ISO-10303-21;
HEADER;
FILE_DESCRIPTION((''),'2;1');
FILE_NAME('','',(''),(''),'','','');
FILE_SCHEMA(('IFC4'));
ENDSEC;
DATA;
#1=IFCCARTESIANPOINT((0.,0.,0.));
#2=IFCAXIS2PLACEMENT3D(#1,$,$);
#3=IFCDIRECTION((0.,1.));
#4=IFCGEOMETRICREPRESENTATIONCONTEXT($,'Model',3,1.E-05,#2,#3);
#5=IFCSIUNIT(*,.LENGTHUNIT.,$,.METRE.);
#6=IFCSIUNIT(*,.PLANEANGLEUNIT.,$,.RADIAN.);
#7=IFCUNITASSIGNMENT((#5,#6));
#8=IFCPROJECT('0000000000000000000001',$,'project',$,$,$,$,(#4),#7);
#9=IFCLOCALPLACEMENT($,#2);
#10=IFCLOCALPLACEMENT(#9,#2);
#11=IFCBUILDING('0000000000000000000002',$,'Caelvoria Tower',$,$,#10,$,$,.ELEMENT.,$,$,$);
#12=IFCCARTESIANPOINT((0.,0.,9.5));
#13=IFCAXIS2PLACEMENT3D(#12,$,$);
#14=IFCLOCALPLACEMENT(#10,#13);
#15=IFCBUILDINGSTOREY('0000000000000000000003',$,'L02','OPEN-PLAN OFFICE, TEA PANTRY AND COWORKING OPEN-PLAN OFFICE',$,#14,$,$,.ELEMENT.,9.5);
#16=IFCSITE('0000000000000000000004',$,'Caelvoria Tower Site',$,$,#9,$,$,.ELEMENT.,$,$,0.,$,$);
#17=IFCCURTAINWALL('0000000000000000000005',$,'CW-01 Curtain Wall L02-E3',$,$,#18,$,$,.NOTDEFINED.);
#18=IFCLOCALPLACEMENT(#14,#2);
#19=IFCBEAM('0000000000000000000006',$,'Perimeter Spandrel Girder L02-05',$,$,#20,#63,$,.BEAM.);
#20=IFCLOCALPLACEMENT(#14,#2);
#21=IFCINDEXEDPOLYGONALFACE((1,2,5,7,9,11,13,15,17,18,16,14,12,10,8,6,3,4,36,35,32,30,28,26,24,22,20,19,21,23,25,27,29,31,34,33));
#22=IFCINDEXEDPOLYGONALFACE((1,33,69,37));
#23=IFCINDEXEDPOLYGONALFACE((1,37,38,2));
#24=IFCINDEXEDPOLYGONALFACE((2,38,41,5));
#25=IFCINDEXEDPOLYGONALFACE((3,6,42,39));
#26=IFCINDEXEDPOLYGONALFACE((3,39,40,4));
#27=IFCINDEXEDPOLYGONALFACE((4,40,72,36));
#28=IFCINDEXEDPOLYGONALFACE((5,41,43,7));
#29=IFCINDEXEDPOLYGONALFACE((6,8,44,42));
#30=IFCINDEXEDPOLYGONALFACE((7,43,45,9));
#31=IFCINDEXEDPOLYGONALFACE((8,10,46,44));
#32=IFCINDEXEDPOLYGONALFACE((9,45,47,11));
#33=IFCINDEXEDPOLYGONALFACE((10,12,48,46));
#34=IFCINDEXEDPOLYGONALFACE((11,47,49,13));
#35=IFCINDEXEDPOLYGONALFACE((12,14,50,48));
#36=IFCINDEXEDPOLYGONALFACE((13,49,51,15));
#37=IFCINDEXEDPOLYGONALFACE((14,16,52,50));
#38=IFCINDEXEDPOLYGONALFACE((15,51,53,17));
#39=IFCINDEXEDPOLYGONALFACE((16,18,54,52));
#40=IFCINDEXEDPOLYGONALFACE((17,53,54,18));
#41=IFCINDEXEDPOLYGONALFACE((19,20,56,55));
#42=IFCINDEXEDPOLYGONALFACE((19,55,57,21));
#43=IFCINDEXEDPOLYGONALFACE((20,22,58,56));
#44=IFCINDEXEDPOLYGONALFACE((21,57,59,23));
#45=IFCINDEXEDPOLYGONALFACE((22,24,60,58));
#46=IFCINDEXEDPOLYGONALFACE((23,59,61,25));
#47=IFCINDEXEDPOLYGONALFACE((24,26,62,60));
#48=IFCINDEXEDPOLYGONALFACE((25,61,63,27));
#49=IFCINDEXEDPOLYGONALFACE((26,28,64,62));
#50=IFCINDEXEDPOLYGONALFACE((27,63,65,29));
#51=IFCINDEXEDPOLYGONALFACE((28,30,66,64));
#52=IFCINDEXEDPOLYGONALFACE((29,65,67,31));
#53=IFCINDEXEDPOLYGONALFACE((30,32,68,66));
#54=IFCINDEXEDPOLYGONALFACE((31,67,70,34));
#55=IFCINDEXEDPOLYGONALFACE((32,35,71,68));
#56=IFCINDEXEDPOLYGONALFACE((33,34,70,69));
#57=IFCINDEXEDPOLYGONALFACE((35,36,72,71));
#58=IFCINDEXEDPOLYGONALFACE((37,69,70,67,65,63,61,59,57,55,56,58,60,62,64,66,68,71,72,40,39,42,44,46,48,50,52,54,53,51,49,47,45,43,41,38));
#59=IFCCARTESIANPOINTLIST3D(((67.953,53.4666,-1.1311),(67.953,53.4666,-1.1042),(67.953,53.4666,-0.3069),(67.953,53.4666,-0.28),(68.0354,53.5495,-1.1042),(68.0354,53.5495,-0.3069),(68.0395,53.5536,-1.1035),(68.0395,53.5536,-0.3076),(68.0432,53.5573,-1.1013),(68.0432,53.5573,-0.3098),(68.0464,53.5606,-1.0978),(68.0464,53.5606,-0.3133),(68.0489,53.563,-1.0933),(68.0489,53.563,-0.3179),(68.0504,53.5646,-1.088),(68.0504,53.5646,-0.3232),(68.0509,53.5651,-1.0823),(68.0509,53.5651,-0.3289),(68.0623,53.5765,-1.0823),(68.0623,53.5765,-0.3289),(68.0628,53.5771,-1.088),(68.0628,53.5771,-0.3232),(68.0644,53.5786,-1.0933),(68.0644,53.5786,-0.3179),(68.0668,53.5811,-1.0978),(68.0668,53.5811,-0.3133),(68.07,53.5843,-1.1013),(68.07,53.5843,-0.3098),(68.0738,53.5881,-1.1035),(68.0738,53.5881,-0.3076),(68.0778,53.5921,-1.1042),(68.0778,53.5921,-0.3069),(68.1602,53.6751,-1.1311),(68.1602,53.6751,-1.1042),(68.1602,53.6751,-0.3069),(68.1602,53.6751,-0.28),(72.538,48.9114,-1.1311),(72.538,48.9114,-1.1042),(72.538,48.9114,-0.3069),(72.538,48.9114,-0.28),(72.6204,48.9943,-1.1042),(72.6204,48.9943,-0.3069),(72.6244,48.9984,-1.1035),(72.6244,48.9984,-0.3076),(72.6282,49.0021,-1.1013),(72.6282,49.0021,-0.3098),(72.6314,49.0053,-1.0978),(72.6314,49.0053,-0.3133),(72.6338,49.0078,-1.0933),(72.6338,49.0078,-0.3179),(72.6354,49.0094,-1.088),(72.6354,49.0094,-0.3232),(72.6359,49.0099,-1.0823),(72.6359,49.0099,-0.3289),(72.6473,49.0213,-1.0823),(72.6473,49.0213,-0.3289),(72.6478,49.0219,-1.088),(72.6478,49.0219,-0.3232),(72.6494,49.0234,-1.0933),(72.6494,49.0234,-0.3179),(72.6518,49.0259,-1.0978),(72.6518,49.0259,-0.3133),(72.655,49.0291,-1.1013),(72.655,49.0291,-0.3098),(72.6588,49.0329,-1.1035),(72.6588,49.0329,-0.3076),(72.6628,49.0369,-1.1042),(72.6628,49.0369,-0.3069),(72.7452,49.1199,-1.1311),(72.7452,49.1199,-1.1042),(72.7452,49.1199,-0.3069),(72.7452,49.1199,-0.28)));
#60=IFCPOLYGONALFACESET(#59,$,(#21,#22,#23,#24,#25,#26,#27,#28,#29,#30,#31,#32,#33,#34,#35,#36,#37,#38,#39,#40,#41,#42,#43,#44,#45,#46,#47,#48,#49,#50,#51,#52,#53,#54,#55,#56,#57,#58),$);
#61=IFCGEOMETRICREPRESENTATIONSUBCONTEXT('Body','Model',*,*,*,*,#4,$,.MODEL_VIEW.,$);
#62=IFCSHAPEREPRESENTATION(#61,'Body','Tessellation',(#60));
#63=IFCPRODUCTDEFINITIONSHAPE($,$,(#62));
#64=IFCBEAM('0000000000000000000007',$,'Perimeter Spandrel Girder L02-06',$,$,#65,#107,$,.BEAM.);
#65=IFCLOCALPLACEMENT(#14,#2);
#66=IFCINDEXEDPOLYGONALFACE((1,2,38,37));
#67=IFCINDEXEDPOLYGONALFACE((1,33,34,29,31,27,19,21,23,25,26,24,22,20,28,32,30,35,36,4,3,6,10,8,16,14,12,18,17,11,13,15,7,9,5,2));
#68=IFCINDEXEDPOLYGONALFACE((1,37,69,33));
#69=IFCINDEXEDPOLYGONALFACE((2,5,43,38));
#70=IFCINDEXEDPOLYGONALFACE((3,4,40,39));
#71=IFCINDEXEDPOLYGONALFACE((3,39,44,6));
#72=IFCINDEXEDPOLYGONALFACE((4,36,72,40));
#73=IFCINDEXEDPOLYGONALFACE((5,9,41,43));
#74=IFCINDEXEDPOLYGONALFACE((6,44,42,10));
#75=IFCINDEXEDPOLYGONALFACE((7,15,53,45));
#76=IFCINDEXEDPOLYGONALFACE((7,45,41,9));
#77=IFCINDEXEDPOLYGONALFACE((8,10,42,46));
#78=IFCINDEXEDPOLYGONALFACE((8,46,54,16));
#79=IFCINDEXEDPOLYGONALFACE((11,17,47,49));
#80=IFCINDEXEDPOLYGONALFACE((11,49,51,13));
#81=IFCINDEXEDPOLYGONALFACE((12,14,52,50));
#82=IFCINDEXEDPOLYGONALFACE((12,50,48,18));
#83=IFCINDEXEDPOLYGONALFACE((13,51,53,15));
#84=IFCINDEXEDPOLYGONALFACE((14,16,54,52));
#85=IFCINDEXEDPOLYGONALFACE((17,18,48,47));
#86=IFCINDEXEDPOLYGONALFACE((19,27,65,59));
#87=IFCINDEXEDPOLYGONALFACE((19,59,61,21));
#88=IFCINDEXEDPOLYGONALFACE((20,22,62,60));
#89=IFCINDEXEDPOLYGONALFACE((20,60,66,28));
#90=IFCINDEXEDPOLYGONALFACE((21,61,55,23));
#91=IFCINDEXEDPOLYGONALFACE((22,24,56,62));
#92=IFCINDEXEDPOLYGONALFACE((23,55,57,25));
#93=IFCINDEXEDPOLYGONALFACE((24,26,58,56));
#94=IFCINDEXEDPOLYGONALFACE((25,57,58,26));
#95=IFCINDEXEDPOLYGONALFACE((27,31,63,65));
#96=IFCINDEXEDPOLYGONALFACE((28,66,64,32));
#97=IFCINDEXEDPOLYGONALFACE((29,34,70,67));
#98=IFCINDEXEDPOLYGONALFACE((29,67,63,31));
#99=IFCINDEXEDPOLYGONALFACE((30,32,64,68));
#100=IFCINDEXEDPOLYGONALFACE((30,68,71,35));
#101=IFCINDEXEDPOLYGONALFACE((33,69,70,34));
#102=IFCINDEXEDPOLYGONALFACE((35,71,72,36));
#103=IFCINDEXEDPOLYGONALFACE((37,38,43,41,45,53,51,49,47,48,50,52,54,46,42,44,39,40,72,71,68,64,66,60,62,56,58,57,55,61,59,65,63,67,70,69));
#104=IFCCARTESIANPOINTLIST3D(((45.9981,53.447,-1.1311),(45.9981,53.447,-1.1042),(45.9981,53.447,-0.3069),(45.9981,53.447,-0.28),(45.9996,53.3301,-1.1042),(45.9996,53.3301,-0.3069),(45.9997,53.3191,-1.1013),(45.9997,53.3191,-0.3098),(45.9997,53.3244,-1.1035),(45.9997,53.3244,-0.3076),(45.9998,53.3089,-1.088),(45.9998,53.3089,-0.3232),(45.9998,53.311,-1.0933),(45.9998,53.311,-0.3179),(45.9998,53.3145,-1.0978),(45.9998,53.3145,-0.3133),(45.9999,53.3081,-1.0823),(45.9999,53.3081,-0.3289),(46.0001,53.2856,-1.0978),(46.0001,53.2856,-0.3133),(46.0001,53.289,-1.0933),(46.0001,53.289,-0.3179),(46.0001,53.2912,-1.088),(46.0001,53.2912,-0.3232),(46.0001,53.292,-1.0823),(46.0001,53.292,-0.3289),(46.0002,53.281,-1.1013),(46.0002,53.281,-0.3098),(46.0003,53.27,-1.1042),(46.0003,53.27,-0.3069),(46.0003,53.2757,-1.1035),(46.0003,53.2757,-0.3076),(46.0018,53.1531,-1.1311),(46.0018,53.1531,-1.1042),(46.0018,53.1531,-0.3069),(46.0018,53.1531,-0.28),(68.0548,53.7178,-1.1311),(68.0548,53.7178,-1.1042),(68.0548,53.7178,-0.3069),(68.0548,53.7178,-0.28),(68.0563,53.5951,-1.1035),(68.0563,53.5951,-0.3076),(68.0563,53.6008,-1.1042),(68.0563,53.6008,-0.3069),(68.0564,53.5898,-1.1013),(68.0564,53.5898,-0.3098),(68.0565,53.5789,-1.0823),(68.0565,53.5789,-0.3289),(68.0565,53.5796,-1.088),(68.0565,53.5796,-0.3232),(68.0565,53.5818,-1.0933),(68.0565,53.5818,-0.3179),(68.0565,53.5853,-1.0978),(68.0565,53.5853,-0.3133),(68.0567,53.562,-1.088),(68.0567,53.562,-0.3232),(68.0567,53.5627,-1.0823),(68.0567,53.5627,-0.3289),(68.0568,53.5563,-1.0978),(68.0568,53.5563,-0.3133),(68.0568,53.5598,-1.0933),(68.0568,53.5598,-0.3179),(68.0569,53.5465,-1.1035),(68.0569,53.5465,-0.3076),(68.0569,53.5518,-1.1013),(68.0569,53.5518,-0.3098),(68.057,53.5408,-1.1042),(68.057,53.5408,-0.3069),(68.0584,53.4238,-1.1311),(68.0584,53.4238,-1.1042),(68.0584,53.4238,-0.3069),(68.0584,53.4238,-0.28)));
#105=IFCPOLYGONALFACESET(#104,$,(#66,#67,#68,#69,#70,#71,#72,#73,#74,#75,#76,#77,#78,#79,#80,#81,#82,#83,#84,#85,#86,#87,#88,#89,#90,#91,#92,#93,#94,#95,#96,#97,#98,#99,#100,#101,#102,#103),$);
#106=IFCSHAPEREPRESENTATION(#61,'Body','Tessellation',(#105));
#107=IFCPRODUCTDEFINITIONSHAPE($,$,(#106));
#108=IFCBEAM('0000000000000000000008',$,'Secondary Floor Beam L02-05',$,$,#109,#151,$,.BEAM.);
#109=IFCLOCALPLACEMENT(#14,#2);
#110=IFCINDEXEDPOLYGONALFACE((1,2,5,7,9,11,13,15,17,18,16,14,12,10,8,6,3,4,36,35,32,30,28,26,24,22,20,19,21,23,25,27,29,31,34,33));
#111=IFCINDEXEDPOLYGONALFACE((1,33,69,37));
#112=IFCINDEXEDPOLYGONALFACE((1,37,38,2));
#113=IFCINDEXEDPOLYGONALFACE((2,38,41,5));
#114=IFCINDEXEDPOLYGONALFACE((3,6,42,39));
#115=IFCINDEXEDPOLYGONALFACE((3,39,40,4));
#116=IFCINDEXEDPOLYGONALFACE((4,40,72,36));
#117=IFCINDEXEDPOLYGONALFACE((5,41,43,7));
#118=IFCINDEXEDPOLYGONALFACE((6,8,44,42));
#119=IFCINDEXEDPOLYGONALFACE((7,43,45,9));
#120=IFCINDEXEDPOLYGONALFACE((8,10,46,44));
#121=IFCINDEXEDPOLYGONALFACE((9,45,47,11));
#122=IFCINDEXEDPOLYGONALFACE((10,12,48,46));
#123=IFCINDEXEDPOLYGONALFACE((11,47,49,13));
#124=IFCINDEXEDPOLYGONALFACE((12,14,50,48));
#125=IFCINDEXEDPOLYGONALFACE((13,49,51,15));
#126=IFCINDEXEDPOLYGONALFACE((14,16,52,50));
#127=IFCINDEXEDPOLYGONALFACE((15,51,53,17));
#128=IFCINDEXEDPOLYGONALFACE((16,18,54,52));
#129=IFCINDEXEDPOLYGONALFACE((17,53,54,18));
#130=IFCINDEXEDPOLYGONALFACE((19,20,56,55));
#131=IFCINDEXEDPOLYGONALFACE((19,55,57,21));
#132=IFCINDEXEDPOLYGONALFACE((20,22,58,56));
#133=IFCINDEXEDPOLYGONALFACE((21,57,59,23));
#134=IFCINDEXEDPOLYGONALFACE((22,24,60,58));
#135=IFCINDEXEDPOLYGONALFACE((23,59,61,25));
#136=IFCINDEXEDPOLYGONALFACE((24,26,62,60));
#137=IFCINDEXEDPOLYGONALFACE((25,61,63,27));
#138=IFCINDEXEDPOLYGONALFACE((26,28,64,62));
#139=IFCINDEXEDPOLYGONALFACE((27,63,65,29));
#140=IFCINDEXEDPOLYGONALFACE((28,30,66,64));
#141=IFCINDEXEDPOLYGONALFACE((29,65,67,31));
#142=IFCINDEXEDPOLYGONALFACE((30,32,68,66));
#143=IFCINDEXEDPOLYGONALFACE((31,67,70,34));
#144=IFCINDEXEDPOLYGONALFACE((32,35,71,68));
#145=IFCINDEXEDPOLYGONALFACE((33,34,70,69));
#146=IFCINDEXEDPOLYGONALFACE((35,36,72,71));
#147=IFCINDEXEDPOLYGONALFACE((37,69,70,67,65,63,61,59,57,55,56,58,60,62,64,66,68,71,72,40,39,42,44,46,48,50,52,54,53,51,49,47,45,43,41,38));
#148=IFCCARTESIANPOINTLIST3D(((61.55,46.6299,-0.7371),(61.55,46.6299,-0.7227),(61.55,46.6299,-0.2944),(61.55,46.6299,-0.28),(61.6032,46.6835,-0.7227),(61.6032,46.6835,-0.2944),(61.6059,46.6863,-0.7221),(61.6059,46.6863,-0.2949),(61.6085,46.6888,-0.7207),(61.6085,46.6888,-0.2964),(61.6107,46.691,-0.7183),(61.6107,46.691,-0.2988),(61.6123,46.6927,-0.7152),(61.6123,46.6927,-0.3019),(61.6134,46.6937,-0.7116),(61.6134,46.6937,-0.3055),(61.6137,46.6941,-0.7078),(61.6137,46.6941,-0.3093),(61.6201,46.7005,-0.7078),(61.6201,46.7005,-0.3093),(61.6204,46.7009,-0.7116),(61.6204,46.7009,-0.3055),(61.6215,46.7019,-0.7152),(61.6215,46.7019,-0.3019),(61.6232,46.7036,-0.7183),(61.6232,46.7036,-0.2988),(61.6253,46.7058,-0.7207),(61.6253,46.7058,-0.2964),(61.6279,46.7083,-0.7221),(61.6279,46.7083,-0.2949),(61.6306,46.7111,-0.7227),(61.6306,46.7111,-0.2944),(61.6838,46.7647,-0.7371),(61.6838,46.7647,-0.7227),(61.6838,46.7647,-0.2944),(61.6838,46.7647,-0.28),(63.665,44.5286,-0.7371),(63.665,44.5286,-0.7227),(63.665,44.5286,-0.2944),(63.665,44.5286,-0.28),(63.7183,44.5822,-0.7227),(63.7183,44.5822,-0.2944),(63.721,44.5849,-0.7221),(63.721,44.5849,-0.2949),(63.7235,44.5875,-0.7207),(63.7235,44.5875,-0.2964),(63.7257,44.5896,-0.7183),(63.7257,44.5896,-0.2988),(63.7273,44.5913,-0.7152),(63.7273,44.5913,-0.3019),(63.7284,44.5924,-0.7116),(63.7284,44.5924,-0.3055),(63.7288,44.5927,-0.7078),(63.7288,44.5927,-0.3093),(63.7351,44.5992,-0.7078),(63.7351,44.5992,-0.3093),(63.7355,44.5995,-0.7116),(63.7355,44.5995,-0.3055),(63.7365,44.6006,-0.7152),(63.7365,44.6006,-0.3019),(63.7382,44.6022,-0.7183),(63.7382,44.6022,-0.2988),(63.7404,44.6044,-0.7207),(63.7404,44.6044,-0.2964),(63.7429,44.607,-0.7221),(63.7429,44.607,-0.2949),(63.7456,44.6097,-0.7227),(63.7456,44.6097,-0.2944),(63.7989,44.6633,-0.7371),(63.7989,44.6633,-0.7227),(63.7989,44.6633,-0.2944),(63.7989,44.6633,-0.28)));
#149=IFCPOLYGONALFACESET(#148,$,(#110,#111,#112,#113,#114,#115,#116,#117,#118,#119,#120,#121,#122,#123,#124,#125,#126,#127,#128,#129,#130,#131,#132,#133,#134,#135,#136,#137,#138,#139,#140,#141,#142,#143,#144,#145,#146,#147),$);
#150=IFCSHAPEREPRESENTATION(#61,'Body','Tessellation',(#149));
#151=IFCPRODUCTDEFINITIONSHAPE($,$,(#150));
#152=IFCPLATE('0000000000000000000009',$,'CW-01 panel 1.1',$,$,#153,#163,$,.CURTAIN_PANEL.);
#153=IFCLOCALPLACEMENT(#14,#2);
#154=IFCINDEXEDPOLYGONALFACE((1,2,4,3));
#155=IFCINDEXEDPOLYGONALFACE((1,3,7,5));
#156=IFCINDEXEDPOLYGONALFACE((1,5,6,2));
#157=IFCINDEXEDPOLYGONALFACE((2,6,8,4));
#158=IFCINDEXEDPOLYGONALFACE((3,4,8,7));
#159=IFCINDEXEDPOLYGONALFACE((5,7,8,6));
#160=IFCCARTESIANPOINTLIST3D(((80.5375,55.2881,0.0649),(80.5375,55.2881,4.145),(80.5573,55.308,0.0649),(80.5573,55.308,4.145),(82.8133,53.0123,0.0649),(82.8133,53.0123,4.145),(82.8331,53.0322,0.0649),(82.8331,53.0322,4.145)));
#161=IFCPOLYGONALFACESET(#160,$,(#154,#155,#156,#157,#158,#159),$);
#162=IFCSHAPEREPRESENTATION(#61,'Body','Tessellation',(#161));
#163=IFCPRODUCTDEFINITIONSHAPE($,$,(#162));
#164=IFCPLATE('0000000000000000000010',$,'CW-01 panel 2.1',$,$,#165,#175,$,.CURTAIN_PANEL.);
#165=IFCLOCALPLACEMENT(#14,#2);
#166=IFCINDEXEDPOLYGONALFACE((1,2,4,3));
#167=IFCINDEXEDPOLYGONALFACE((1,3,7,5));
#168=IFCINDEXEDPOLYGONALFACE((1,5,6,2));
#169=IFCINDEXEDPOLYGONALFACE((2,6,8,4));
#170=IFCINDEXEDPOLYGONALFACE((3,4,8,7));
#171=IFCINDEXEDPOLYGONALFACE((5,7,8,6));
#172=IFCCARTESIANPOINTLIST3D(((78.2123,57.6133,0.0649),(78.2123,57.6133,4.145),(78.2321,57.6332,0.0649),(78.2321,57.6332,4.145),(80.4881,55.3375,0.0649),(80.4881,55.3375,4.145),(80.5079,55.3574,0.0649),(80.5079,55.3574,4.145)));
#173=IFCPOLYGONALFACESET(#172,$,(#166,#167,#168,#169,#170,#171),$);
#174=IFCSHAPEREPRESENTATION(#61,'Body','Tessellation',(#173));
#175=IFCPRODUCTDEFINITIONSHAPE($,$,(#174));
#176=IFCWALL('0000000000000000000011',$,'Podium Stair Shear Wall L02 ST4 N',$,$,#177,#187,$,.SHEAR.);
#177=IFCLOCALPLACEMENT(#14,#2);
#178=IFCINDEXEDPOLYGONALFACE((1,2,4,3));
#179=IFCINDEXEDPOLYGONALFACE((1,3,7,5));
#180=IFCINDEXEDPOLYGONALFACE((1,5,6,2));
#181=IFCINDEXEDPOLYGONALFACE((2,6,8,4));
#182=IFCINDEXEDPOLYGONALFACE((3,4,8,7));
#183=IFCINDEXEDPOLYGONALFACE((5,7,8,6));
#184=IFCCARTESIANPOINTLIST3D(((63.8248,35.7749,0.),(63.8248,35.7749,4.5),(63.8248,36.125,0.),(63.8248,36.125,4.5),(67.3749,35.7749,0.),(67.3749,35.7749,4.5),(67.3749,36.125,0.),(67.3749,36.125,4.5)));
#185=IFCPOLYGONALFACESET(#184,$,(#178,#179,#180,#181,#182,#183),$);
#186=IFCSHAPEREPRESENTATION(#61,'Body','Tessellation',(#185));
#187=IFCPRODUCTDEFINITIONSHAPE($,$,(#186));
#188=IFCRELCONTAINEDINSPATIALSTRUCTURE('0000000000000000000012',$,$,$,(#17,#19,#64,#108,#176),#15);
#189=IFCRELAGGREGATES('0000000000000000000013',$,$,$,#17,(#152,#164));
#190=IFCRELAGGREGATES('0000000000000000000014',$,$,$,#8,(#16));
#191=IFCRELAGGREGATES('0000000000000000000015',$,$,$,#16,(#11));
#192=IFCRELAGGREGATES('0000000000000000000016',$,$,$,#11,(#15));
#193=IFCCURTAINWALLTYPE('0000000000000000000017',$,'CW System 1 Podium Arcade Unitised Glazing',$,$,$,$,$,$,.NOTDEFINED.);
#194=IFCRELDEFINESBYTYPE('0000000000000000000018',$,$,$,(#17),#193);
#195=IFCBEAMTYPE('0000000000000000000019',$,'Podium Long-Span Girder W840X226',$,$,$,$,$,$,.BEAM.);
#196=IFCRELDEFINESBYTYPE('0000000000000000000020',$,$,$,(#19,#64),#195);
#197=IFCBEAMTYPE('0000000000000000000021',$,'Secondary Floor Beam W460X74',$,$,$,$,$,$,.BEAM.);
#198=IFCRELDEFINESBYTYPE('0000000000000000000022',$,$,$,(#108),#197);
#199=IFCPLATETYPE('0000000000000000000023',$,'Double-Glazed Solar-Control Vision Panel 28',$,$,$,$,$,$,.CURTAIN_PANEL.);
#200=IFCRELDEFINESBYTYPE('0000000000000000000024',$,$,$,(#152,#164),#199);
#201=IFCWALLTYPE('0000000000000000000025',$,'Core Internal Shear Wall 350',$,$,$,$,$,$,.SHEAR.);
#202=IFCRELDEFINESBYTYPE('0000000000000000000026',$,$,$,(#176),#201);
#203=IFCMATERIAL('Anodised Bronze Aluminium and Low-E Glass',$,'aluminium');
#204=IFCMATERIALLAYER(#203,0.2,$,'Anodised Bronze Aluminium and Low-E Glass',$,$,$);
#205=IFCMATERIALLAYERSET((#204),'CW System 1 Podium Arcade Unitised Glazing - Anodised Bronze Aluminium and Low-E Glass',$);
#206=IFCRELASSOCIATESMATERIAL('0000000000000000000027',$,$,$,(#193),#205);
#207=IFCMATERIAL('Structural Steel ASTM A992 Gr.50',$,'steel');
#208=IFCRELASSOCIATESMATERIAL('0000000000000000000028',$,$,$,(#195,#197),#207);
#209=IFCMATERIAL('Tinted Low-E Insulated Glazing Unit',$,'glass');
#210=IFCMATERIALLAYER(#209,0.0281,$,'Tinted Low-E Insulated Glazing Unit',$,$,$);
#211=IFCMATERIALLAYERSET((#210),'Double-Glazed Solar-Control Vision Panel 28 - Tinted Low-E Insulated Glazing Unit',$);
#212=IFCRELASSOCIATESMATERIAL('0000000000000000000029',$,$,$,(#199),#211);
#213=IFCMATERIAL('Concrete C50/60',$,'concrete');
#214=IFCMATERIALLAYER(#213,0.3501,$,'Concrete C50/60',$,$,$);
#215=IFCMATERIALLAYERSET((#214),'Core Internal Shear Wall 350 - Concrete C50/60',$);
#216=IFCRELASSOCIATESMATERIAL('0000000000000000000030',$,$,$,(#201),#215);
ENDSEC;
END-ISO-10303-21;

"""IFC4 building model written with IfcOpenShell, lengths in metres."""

from ifc_helpers import new_model, si_unit, direction, frame, frame_2d, origin, origin_2d, place, context, subcontext, project, spatial, rectangle, i_section, extrude, material, layer, layer_set, material_profile, profile_set, type_object, element, aggregate, save


model = new_model("IFC4")

# Units and contexts
model_context = context("Model", 3, precision=1e-05, world=origin(), true_north=direction((0.0, 1.0)))
body_context = subcontext(model_context, "Body", "Model", "MODEL_VIEW")
ifc_project = project(units=[si_unit("LENGTHUNIT", "METRE"), si_unit("PLANEANGLEUNIT", "RADIAN")], contexts=[model_context])

# Site, building, storey
site_placement = place(None, origin())
site = spatial("IfcSite", under=ifc_project, at=site_placement, Name="Caelvoria Tower Site", CompositionType="ELEMENT", RefElevation=0.0)
building_placement = place(site_placement, origin())
building = spatial("IfcBuilding", under=site, at=building_placement, Name="Caelvoria Tower", CompositionType="ELEMENT")
storey_placement = place(building_placement, frame((0.0, 0.0, 9.5)))
storey = spatial("IfcBuildingStorey", under=building, at=storey_placement, Name="L02", Description="OPEN-PLAN OFFICE, TEA PANTRY AND COWORKING OPEN-PLAN OFFICE", CompositionType="ELEMENT", Elevation=9.5)

# Curtain wall
ifc_material_1 = material(Name="Anodised Bronze Aluminium and Low-E Glass", Category="aluminium")
ifc_layer_1 = layer(ifc_material_1, 0.2, Name="Anodised Bronze Aluminium and Low-E Glass")
ifc_layer_set_1 = layer_set([ifc_layer_1], Name="CW System 1 Podium Arcade Unitised Glazing - Anodised Bronze Aluminium and Low-E Glass")
curtain_wall_type = type_object("IfcCurtainWallType", Name="CW System 1 Podium Arcade Unitised Glazing", PredefinedType="NOTDEFINED", material=ifc_layer_set_1)
curtain_wall_1_placement = place(storey_placement, origin())
curtain_wall_1 = element("IfcCurtainWall", 1, at=curtain_wall_1_placement, inside=storey, type_object=curtain_wall_type, Name="CW-01 Curtain Wall L02-E3", PredefinedType="NOTDEFINED")

# Beams
ifc_material_2 = material(Name="Structural Steel ASTM A992 Gr.50", Category="steel")
ifc_material_profile_1 = material_profile(ifc_material_2, i_section(OverallWidth=0.2939, OverallDepth=0.8511, WebThickness=0.0161, FlangeThickness=0.0269, FilletRadius=0.022, at=origin_2d()), Name="Structural Steel ASTM A992 Gr.50")
ifc_profile_set_1 = profile_set([ifc_material_profile_1], Name="W840X226 - Structural Steel ASTM A992 Gr.50")
beam_type_1 = type_object("IfcBeamType", Name="Podium Long-Span Girder W840X226", PredefinedType="BEAM", material=ifc_profile_set_1)
beam_1_placement = place(storey_placement, frame((72.6416, 49.0156, -0.7056), z_axis=(-0.709407, 0.704799, 0.0), x_axis=(-0.704799, -0.709407, 0.0)))
element("IfcBeam", 2, at=beam_1_placement, inside=storey, type_object=beam_type_1, Name="Perimeter Spandrel Girder L02-05", PredefinedType="BEAM", context=body_context, shape_type="SweptSolid", body=[
    extrude(i_section(OverallWidth=0.2939, OverallDepth=0.8511, WebThickness=0.0161, FlangeThickness=0.0269, FilletRadius=0.022, at=origin_2d()), origin(), (0.0, 0.0, 1.0), 6.4631),
])
beam_2_placement = place(storey_placement, frame((68.0566, 53.5708, -0.7056), z_axis=(-0.999925, -0.012274, 0.0), x_axis=(0.012274, -0.999925, 0.0)))
element("IfcBeam", 3, at=beam_2_placement, inside=storey, type_object=beam_type_1, Name="Perimeter Spandrel Girder L02-06", PredefinedType="BEAM", context=body_context, shape_type="SweptSolid", body=[
    extrude(i_section(OverallWidth=0.2939, OverallDepth=0.8511, WebThickness=0.0161, FlangeThickness=0.0269, FilletRadius=0.022, at=origin_2d()), origin(), (0.0, 0.0, 1.0), 22.0583),
])
ifc_material_profile_2 = material_profile(ifc_material_2, i_section(OverallWidth=0.1899, OverallDepth=0.457, WebThickness=0.009, FlangeThickness=0.0144, FilletRadius=0.0149, at=origin_2d()), Name="Structural Steel ASTM A992 Gr.50")
ifc_profile_set_2 = profile_set([ifc_material_profile_2], Name="W460X74 - Structural Steel ASTM A992 Gr.50")
beam_type_2 = type_object("IfcBeamType", Name="Secondary Floor Beam W460X74", PredefinedType="BEAM", material=ifc_profile_set_2)
beam_3_placement = place(storey_placement, frame((63.7319, 44.5959, -0.5085), z_axis=(-0.709396, 0.70481, 0.0), x_axis=(-0.70481, -0.709396, 0.0)))
element("IfcBeam", 4, at=beam_3_placement, inside=storey, type_object=beam_type_2, Name="Secondary Floor Beam L02-05", PredefinedType="BEAM", context=body_context, shape_type="SweptSolid", body=[
    extrude(i_section(OverallWidth=0.1899, OverallDepth=0.457, WebThickness=0.009, FlangeThickness=0.0144, FilletRadius=0.0149, at=origin_2d()), origin(), (0.0, 0.0, 1.0), 2.9814),
])

# Plates
ifc_material_3 = material(Name="Tinted Low-E Insulated Glazing Unit", Category="glass")
ifc_layer_2 = layer(ifc_material_3, 0.0281, Name="Tinted Low-E Insulated Glazing Unit")
ifc_layer_set_2 = layer_set([ifc_layer_2], Name="Double-Glazed Solar-Control Vision Panel 28 - Tinted Low-E Insulated Glazing Unit")
plate_type = type_object("IfcPlateType", Name="Double-Glazed Solar-Control Vision Panel 28", PredefinedType="CURTAIN_PANEL", material=ifc_layer_set_2)
plate_1_placement = place(storey_placement, frame((81.6853, 54.1602, 0.0649), z_axis=(0.0, 0.0, 1.0), x_axis=(-0.707107, 0.707107, 0.0)))
plate_1 = element("IfcPlate", 5, at=plate_1_placement, type_object=plate_type, Name="CW-01 panel 1.1", PredefinedType="CURTAIN_PANEL", context=body_context, shape_type="SweptSolid", body=[
    extrude(rectangle(XDim=3.2185, YDim=0.0281, at=origin_2d()), origin(), (0.0, 0.0, 1.0), 4.0801),
])
plate_2_placement = place(storey_placement, frame((79.3601, 56.4854, 0.0649), z_axis=(0.0, 0.0, 1.0), x_axis=(-0.707107, 0.707107, 0.0)))
plate_2 = element("IfcPlate", 6, at=plate_2_placement, type_object=plate_type, Name="CW-01 panel 2.1", PredefinedType="CURTAIN_PANEL", context=body_context, shape_type="SweptSolid", body=[
    extrude(rectangle(XDim=3.2185, YDim=0.0281, at=origin_2d()), origin(), (0.0, 0.0, 1.0), 4.0801),
])
aggregate(curtain_wall_1, [plate_1, plate_2])

# Wall
ifc_material_4 = material(Name="Concrete C50/60", Category="concrete")
ifc_layer_3 = layer(ifc_material_4, 0.3501, Name="Concrete C50/60")
ifc_layer_set_3 = layer_set([ifc_layer_3], Name="Core Internal Shear Wall 350 - Concrete C50/60")
wall_type_1 = type_object("IfcWallType", Name="Core Internal Shear Wall 350", PredefinedType="SHEAR", material=ifc_layer_set_3)
wall_1_placement = place(storey_placement, frame((63.825, 35.95, 0.0), z_axis=(0.0, 0.0, 1.0), x_axis=(1.0, 0.0, 0.0)))
element("IfcWall", 7, at=wall_1_placement, inside=storey, type_object=wall_type_1, Name="Podium Stair Shear Wall L02 ST4 N", PredefinedType="SHEAR", context=body_context, shape_type="SweptSolid", body=[
    extrude(rectangle(XDim=3.55, YDim=0.3501, at=frame_2d((1.7749, 0.0))), origin(), (0.0, 0.0, 1.0), 4.5),
])

save(model, "model.ifc")
